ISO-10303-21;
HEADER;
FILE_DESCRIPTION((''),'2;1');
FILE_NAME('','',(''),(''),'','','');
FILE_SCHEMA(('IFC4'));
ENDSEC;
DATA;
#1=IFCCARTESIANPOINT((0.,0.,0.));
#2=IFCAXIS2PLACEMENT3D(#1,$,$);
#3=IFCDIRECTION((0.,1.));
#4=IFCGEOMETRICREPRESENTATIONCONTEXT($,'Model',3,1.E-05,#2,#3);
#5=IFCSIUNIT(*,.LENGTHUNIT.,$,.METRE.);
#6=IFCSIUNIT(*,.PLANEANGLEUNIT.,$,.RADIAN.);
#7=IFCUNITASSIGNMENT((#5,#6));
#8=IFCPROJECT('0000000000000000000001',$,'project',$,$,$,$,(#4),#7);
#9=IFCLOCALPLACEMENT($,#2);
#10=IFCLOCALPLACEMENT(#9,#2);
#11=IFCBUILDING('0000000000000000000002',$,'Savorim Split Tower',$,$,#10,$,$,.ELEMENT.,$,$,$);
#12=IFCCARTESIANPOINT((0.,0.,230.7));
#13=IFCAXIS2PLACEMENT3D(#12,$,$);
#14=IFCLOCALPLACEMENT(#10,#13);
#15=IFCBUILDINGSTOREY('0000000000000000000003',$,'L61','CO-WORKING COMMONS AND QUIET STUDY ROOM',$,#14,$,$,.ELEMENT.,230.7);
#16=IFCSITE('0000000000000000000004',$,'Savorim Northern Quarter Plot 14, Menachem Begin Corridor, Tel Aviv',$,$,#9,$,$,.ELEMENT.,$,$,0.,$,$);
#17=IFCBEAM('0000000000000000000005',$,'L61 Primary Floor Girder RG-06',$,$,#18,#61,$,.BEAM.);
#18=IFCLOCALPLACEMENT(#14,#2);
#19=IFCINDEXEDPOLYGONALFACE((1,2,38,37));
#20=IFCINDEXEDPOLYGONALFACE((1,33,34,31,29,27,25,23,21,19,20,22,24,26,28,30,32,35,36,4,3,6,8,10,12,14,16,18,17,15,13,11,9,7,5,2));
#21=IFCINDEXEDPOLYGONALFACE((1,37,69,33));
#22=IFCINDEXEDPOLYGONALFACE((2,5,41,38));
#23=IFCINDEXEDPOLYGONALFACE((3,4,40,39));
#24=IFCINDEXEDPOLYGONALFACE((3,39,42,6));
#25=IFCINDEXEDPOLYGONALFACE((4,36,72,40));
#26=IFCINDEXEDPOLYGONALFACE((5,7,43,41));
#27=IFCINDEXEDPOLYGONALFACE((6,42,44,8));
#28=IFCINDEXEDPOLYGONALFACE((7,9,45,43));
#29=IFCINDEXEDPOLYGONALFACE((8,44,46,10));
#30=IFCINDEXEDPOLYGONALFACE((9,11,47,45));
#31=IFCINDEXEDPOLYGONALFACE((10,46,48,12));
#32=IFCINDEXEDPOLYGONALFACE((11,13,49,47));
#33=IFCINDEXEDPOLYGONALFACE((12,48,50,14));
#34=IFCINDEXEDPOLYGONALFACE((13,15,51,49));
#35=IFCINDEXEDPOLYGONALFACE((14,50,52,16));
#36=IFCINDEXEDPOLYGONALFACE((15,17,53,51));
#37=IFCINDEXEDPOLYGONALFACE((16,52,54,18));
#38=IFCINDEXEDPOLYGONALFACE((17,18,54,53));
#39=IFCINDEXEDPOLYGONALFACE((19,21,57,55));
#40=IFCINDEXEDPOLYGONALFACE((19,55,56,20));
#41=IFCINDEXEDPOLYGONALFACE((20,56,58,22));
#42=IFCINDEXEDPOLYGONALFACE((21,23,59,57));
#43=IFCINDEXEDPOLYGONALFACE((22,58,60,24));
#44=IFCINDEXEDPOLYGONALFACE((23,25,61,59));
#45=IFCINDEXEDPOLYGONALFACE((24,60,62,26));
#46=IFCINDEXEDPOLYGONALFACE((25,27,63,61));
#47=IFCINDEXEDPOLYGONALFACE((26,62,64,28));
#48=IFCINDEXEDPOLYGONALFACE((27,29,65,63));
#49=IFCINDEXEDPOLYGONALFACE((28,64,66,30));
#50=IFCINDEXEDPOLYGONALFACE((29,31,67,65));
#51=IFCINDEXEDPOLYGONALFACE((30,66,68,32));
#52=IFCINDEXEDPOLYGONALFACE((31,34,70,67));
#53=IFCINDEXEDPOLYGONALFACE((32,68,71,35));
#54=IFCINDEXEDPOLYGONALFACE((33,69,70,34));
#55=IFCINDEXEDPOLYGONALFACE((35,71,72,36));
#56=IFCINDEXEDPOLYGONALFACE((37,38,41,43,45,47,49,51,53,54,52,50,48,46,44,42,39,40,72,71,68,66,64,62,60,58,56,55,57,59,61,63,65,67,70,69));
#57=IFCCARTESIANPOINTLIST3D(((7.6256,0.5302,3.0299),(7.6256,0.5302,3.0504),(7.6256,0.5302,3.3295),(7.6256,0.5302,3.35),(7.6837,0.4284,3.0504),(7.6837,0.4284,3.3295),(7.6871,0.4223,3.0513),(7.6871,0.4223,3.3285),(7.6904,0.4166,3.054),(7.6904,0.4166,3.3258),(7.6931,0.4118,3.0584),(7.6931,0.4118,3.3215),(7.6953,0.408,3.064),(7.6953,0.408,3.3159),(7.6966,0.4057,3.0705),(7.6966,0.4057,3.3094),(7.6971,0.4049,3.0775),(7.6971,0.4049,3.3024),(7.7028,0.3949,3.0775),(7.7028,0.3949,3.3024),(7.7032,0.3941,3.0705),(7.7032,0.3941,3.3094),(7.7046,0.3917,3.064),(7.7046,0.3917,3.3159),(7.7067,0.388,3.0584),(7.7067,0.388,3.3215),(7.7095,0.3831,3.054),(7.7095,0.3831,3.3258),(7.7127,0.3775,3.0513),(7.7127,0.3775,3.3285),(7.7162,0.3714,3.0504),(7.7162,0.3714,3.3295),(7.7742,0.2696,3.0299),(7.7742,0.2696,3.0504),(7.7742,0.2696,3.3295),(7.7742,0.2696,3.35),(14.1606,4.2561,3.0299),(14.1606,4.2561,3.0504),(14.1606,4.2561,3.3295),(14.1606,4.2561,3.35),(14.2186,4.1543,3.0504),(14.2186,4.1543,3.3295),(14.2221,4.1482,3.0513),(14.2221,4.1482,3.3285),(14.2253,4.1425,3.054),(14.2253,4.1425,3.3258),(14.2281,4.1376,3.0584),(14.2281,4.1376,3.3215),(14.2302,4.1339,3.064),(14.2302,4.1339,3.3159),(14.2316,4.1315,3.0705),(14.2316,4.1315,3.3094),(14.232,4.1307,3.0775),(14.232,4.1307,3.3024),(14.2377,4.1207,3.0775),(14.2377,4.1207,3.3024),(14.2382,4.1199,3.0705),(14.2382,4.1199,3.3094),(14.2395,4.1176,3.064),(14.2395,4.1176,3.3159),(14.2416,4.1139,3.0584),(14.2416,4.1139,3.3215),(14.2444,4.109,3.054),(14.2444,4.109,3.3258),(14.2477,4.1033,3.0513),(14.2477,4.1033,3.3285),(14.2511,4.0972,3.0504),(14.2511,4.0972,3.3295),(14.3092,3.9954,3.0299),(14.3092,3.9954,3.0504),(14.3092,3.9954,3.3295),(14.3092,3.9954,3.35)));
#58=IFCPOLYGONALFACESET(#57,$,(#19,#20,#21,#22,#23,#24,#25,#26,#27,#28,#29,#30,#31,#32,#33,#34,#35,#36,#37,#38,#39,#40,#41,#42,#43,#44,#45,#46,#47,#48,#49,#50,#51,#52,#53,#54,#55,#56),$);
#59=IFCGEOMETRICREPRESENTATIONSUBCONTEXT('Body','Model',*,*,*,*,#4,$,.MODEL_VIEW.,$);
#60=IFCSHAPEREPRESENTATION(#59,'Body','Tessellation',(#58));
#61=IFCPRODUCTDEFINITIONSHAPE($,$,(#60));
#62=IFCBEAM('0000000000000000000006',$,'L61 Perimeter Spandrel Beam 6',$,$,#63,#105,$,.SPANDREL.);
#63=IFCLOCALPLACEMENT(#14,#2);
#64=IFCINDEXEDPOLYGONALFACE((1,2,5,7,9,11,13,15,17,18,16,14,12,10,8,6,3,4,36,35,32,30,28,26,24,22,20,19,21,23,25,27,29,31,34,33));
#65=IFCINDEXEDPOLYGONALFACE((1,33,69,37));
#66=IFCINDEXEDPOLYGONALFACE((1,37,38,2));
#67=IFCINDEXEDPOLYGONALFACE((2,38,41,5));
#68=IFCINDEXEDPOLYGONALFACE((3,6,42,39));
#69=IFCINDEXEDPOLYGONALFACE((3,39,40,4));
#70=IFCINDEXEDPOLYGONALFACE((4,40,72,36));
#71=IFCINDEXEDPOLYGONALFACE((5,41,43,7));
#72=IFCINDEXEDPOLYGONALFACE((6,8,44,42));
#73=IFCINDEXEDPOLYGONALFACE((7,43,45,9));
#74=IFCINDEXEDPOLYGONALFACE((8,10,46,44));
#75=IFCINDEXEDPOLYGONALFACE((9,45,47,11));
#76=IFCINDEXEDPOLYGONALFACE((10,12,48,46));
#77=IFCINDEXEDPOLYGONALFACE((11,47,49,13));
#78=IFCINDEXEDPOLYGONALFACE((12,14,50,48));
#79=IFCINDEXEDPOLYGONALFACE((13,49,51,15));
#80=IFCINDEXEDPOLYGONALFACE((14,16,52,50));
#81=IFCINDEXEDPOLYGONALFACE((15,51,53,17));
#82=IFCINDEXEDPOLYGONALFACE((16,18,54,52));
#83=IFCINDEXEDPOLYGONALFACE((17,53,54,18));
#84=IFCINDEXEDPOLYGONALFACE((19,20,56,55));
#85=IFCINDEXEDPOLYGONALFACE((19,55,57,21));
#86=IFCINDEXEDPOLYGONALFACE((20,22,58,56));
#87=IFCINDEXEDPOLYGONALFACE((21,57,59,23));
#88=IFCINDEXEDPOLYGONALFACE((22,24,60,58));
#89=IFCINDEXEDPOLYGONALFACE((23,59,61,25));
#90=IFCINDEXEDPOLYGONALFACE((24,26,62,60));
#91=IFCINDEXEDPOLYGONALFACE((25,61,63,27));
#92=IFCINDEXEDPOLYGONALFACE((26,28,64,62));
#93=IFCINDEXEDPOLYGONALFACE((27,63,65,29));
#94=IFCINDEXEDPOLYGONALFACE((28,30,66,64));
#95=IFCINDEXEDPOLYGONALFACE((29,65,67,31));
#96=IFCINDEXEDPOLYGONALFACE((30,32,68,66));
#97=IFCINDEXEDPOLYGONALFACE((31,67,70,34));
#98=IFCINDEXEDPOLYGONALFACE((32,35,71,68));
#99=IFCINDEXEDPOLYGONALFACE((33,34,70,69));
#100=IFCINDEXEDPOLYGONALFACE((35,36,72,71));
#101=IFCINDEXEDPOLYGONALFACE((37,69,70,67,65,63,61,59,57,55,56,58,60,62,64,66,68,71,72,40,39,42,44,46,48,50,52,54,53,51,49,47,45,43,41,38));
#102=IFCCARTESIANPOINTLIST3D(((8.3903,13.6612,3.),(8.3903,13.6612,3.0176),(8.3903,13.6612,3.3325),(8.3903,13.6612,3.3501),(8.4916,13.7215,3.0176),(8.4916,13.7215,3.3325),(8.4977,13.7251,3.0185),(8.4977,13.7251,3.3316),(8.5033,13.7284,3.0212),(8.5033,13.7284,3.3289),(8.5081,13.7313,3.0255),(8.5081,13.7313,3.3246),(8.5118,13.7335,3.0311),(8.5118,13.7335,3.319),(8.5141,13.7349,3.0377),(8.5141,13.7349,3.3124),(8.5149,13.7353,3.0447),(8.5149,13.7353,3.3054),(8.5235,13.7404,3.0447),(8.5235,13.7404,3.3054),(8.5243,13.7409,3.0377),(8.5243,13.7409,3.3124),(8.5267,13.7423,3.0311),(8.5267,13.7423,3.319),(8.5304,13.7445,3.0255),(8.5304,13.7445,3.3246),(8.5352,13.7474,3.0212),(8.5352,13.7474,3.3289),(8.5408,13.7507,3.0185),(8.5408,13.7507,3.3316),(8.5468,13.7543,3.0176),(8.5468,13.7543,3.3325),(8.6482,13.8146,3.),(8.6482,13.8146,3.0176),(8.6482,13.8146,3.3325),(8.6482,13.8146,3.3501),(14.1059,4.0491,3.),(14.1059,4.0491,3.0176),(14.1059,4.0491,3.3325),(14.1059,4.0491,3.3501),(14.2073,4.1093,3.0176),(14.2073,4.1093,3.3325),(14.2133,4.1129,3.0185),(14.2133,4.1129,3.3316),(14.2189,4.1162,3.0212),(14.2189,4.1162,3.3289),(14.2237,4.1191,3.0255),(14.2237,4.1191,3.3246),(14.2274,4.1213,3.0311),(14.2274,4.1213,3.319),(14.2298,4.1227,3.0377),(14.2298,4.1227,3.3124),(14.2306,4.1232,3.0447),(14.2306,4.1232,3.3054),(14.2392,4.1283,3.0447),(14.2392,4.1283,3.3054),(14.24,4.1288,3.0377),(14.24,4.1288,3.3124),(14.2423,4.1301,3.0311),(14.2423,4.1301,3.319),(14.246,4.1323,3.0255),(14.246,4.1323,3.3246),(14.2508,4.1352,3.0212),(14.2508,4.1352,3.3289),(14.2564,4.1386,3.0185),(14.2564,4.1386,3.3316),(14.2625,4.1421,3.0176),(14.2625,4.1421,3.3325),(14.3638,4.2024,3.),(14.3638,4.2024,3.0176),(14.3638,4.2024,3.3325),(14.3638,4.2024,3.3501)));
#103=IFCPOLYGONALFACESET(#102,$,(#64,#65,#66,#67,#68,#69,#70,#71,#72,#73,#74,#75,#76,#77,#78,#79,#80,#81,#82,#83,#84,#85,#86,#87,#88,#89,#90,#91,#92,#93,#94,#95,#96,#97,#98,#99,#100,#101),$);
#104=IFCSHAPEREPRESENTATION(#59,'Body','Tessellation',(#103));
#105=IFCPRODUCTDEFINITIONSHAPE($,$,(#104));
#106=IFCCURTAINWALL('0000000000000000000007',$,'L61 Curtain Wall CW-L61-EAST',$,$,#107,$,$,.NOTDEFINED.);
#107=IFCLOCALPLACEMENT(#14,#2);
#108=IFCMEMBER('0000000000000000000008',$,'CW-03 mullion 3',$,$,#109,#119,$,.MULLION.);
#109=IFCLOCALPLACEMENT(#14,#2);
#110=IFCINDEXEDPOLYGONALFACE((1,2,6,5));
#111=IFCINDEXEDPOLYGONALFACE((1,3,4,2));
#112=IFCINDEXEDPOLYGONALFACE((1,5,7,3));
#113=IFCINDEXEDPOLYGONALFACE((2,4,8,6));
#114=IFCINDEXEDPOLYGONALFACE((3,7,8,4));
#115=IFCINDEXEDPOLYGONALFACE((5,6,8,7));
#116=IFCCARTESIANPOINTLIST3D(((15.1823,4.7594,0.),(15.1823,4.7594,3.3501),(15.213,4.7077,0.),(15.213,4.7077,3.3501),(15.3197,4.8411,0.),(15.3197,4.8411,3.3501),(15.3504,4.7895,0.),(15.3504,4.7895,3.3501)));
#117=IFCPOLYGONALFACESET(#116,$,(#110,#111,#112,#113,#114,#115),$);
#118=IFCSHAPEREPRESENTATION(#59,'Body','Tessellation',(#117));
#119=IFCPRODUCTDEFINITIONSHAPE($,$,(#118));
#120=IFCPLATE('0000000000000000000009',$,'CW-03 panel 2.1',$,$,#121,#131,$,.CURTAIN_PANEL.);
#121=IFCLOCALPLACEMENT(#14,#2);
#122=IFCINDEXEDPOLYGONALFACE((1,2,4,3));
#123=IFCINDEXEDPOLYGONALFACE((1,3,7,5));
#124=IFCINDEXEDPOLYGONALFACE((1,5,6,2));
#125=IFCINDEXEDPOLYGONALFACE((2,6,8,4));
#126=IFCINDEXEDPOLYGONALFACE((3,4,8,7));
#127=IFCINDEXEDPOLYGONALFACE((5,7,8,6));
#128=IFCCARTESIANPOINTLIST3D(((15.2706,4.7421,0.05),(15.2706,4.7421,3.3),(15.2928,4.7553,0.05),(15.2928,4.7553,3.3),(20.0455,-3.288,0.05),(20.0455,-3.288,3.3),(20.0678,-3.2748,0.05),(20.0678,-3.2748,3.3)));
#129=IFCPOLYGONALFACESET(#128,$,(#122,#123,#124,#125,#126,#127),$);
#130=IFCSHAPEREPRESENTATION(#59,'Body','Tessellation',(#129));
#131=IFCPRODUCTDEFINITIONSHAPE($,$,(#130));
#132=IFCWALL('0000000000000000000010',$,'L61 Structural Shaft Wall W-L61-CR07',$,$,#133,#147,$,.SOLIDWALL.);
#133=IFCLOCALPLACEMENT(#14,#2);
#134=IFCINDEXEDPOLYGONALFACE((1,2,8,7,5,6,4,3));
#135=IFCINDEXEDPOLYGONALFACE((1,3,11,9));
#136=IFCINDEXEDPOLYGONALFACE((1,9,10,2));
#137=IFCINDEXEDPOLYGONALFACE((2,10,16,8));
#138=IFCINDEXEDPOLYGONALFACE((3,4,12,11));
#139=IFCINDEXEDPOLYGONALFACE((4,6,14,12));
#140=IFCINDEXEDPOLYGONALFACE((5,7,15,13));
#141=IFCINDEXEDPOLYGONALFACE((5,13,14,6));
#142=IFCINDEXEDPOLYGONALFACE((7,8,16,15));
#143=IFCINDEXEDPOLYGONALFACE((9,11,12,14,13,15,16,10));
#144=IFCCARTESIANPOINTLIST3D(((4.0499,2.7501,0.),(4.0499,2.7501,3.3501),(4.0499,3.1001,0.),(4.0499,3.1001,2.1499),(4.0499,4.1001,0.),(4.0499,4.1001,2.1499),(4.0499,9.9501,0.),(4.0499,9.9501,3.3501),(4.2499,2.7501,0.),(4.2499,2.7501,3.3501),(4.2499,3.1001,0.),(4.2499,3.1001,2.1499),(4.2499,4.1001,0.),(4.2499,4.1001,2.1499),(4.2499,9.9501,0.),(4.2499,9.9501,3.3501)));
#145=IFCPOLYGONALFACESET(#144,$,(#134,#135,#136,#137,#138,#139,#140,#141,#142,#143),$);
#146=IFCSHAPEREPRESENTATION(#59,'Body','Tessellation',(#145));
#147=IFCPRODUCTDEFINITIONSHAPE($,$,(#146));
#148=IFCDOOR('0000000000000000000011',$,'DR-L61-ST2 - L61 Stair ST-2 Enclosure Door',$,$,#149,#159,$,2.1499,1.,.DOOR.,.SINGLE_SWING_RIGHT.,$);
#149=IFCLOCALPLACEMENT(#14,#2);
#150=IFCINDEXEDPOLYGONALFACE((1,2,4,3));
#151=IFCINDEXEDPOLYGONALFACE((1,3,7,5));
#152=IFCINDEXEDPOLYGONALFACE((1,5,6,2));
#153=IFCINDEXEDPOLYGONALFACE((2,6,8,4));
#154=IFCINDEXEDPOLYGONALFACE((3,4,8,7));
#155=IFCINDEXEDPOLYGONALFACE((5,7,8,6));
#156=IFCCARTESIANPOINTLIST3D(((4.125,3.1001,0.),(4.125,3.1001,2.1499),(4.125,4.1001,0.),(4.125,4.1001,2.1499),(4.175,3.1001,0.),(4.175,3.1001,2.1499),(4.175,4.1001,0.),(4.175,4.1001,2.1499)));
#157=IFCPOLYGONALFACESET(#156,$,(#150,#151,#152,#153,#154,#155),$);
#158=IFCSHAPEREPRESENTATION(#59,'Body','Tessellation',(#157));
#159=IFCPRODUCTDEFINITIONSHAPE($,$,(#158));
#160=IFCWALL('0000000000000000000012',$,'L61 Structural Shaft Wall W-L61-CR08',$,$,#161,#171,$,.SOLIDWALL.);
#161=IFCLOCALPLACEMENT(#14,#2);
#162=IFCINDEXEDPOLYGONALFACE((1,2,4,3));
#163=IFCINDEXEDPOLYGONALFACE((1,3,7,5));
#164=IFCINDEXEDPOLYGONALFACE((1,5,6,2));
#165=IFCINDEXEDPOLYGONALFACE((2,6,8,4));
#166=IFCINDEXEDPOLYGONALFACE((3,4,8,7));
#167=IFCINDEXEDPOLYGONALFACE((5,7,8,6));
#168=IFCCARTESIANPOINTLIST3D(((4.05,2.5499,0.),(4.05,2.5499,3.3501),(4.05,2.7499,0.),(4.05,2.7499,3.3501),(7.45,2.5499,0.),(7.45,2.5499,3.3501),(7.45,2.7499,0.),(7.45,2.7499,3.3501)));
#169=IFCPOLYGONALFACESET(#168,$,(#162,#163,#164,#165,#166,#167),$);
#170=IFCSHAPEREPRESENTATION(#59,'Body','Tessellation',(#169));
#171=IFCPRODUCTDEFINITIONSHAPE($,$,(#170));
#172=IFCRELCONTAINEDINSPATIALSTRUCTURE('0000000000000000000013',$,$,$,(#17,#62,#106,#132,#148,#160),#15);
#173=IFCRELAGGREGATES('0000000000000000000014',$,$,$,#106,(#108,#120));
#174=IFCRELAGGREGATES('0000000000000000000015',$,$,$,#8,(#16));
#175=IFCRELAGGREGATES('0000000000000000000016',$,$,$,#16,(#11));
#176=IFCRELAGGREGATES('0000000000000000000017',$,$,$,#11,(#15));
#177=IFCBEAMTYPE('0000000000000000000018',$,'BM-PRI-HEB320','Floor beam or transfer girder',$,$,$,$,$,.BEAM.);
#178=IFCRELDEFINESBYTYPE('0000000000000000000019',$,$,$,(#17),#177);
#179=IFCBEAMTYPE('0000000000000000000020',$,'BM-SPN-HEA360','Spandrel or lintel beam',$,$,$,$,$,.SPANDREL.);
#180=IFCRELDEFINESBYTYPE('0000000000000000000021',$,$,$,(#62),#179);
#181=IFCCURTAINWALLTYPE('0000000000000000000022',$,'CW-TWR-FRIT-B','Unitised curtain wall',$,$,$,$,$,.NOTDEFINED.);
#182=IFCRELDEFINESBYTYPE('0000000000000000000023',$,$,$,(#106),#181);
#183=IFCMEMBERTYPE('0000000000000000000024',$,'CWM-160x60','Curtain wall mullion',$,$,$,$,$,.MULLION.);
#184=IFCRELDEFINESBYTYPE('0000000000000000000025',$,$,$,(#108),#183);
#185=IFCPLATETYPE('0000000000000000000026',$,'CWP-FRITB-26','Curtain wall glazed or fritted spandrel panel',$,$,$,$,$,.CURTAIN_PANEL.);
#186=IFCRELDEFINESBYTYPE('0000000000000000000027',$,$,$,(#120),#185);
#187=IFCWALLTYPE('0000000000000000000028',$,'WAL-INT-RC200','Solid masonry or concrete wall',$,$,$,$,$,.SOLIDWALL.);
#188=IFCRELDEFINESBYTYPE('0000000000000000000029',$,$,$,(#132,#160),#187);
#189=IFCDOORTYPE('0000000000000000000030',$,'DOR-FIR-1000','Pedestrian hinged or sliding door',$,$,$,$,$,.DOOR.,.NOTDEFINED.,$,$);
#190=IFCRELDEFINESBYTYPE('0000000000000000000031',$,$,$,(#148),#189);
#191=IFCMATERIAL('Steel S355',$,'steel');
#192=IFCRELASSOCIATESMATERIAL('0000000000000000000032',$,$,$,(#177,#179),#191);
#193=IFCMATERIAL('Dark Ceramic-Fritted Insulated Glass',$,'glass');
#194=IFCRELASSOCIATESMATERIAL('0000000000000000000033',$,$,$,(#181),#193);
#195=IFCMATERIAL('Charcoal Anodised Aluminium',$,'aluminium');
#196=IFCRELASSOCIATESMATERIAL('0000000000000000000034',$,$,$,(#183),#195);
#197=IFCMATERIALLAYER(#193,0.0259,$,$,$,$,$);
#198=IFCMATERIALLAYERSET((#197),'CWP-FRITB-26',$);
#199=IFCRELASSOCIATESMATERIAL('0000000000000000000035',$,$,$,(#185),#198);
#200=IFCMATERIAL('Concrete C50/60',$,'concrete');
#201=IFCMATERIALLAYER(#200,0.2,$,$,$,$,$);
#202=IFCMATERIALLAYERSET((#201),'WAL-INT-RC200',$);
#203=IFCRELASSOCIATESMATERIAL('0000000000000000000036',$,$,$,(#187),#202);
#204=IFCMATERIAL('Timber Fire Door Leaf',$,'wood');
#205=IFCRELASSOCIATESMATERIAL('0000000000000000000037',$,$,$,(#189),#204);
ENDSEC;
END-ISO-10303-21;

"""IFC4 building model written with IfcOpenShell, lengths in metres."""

from ifc_helpers import new_model, si_unit, direction, frame, frame_2d, origin, origin_2d, place, context, subcontext, project, spatial, rectangle, i_section, extrude, material, layer, layer_set, material_profile, profile_set, type_object, element, fill, aggregate, save


model = new_model("IFC4")

# Units and contexts
model_context = context("Model", 3, precision=1e-05, world=origin(), true_north=direction((0.0, 1.0)))
body_context = subcontext(model_context, "Body", "Model", "MODEL_VIEW")
ifc_project = project(units=[si_unit("LENGTHUNIT", "METRE"), si_unit("PLANEANGLEUNIT", "RADIAN")], contexts=[model_context])

# Site, building, storey
site_placement = place(None, origin())
site = spatial("IfcSite", under=ifc_project, at=site_placement, Name="Savorim Northern Quarter Plot 14, Menachem Begin Corridor, Tel Aviv", CompositionType="ELEMENT", RefElevation=0.0)
building_placement = place(site_placement, origin())
building = spatial("IfcBuilding", under=site, at=building_placement, Name="Savorim Split Tower", CompositionType="ELEMENT")
storey_placement = place(building_placement, frame((0.0, 0.0, 230.7)))
storey = spatial("IfcBuildingStorey", under=building, at=storey_placement, Name="L61", Description="CO-WORKING COMMONS AND QUIET STUDY ROOM", CompositionType="ELEMENT", Elevation=230.7)

# Shared definitions
ifc_material_1 = material(Name="Steel S355", Category="steel")

# Beams
ifc_material_profile_1 = material_profile(ifc_material_1, i_section(OverallWidth=0.3, OverallDepth=0.3201, WebThickness=0.0115, FlangeThickness=0.0205, FilletRadius=0.0271, at=origin_2d()), Name="HEB 320")
ifc_profile_set_1 = profile_set([ifc_material_profile_1], Name="Steel S355")
beam_type_1 = type_object("IfcBeamType", Name="BM-PRI-HEB320", Description="Floor beam or transfer girder", PredefinedType="BEAM", material=ifc_profile_set_1)
beam_1_placement = place(storey_placement, frame((14.2349, 4.1257, 3.1899), z_axis=(-0.868724, -0.495296, 0.0), x_axis=(0.495296, -0.868724, 0.0)))
element("IfcBeam", 1, at=beam_1_placement, inside=storey, type_object=beam_type_1, Name="L61 Primary Floor Girder RG-06", PredefinedType="BEAM", context=body_context, shape_type="SweptSolid", body=[
    extrude(i_section(OverallWidth=0.3, OverallDepth=0.3201, WebThickness=0.0115, FlangeThickness=0.0205, FilletRadius=0.0271, at=origin_2d()), origin(), (0.0, 0.0, 1.0), 7.5225),
])
ifc_material_profile_2 = material_profile(ifc_material_1, i_section(OverallWidth=0.3, OverallDepth=0.3501, WebThickness=0.01, FlangeThickness=0.0176, FilletRadius=0.0271, at=origin_2d()), Name="HEA 360")
ifc_profile_set_2 = profile_set([ifc_material_profile_2], Name="Steel S355")
beam_type_2 = type_object("IfcBeamType", Name="BM-SPN-HEA360", Description="Spandrel or lintel beam", PredefinedType="SPANDREL", material=ifc_profile_set_2)
beam_2_placement = place(storey_placement, frame((14.2349, 4.1257, 3.175), z_axis=(-0.511095, 0.859524, 0.0), x_axis=(-0.859524, -0.511095, 0.0)))
element("IfcBeam", 2, at=beam_2_placement, inside=storey, type_object=beam_type_2, Name="L61 Perimeter Spandrel Beam 6", PredefinedType="SPANDREL", context=body_context, shape_type="SweptSolid", body=[
    extrude(i_section(OverallWidth=0.3, OverallDepth=0.3501, WebThickness=0.01, FlangeThickness=0.0176, FilletRadius=0.0271, at=origin_2d()), origin(), (0.0, 0.0, 1.0), 11.1831),
])

# Curtain wall, member, plate
ifc_material_2 = material(Name="Dark Ceramic-Fritted Insulated Glass", Category="glass")
curtain_wall_type = type_object("IfcCurtainWallType", Name="CW-TWR-FRIT-B", Description="Unitised curtain wall", PredefinedType="NOTDEFINED", material=ifc_material_2)
curtain_wall_placement = place(storey_placement, origin())
curtain_wall = element("IfcCurtainWall", 3, at=curtain_wall_placement, inside=storey, type_object=curtain_wall_type, Name="L61 Curtain Wall CW-L61-EAST", PredefinedType="NOTDEFINED")
ifc_material_3 = material(Name="Charcoal Anodised Aluminium", Category="aluminium")
ifc_material_profile_3 = material_profile(ifc_material_3, rectangle(XDim=0.1599, YDim=0.0601, at=origin_2d()), Name="ALU-M 160x60")
ifc_profile_set_3 = profile_set([ifc_material_profile_3], Name="Charcoal Anodised Aluminium")
member_type = type_object("IfcMemberType", Name="CWM-160x60", Description="Curtain wall mullion", PredefinedType="MULLION", material=ifc_profile_set_3)
member_placement = place(storey_placement, frame((15.2664, 4.7744, 0.0), z_axis=(0.0, 0.0, 1.0), x_axis=(-0.859524, -0.511096, 0.0)))
member = element("IfcMember", 4, at=member_placement, type_object=member_type, Name="CW-03 mullion 3", PredefinedType="MULLION", context=body_context, shape_type="SweptSolid", body=[
    extrude(rectangle(XDim=0.1599, YDim=0.0601, at=origin_2d()), origin(), (0.0, 0.0, 1.0), 3.3501),
])
ifc_layer_1 = layer(ifc_material_2, 0.0259)
ifc_layer_set_1 = layer_set([ifc_layer_1], Name="CWP-FRITB-26")
plate_type = type_object("IfcPlateType", Name="CWP-FRITB-26", Description="Curtain wall glazed or fritted spandrel panel", PredefinedType="CURTAIN_PANEL", material=ifc_layer_set_1)
plate_placement = place(storey_placement, frame((17.6692, 0.7336, 0.05), z_axis=(0.0, 0.0, 1.0), x_axis=(-0.511096, 0.859524, 0.0)))
plate = element("IfcPlate", 5, at=plate_placement, type_object=plate_type, Name="CW-03 panel 2.1", PredefinedType="CURTAIN_PANEL", context=body_context, shape_type="SweptSolid", body=[
    extrude(rectangle(XDim=9.3425, YDim=0.0259, at=origin_2d()), origin(), (0.0, 0.0, 1.0), 3.25),
])
aggregate(curtain_wall, [member, plate])

# Wall, opening, door
ifc_material_4 = material(Name="Concrete C50/60", Category="concrete")
ifc_layer_2 = layer(ifc_material_4, 0.2)
ifc_layer_set_2 = layer_set([ifc_layer_2], Name="WAL-INT-RC200")
wall_type_1 = type_object("IfcWallType", Name="WAL-INT-RC200", Description="Solid masonry or concrete wall", PredefinedType="SOLIDWALL", material=ifc_layer_set_2)
wall_1_placement = place(storey_placement, frame((4.1499, 2.75, 0.0), z_axis=(0.0, 0.0, 1.0), x_axis=(0.0, 1.0, 0.0)))
wall_1 = element("IfcWall", 6, at=wall_1_placement, inside=storey, type_object=wall_type_1, Name="L61 Structural Shaft Wall W-L61-CR07", PredefinedType="SOLIDWALL", context=body_context, shape_type="SweptSolid", body=[
    extrude(rectangle(XDim=7.2, YDim=0.2, at=frame_2d((3.6001, 0.0))), origin(), (0.0, 0.0, 1.0), 3.3501),
])
opening_1_placement = place(wall_1_placement, frame((0.3501, 0.0, 0.0)))
opening_1 = element("IfcOpeningElement", 7, at=opening_1_placement, cuts=wall_1, PredefinedType="OPENING", context=body_context, shape_type="SweptSolid", body=[
    extrude(rectangle(XDim=1.0, YDim=2.1499, at=frame_2d((0.5, 1.075))), frame((0.0, 0.1099, 0.0), z_axis=(0.0, -1.0, 0.0), x_axis=(1.0, 0.0, 0.0)), (0.0, 0.0, 1.0), 0.22),
])
ifc_material_5 = material(Name="Timber Fire Door Leaf", Category="wood")
door_type_1 = type_object("IfcDoorType", Name="DOR-FIR-1000", Description="Pedestrian hinged or sliding door", OperationType="NOTDEFINED", PredefinedType="DOOR", material=ifc_material_5)
door_1_placement = place(opening_1_placement, origin())
door_1 = element("IfcDoor", 8, at=door_1_placement, inside=storey, type_object=door_type_1, Name="DR-L61-ST2 - L61 Stair ST-2 Enclosure Door", OperationType="SINGLE_SWING_RIGHT", OverallHeight=2.1499, OverallWidth=1.0, PredefinedType="DOOR", context=body_context, shape_type="SweptSolid", body=[
    extrude(rectangle(XDim=1.0, YDim=2.1499, at=frame_2d((0.5, 1.075))), frame((0.0, 0.0249, 0.0), z_axis=(0.0, -1.0, 0.0), x_axis=(1.0, 0.0, 0.0)), (0.0, 0.0, 1.0), 0.05),
])
fill(opening_1, door_1)

# Wall
wall_2_placement = place(storey_placement, frame((4.05, 2.6499, 0.0), z_axis=(0.0, 0.0, 1.0), x_axis=(1.0, 0.0, 0.0)))
element("IfcWall", 9, at=wall_2_placement, inside=storey, type_object=wall_type_1, Name="L61 Structural Shaft Wall W-L61-CR08", PredefinedType="SOLIDWALL", context=body_context, shape_type="SweptSolid", body=[
    extrude(rectangle(XDim=3.3999, YDim=0.2, at=frame_2d((1.7, 0.0))), origin(), (0.0, 0.0, 1.0), 3.3501),
])

save(model, "model.ifc")
